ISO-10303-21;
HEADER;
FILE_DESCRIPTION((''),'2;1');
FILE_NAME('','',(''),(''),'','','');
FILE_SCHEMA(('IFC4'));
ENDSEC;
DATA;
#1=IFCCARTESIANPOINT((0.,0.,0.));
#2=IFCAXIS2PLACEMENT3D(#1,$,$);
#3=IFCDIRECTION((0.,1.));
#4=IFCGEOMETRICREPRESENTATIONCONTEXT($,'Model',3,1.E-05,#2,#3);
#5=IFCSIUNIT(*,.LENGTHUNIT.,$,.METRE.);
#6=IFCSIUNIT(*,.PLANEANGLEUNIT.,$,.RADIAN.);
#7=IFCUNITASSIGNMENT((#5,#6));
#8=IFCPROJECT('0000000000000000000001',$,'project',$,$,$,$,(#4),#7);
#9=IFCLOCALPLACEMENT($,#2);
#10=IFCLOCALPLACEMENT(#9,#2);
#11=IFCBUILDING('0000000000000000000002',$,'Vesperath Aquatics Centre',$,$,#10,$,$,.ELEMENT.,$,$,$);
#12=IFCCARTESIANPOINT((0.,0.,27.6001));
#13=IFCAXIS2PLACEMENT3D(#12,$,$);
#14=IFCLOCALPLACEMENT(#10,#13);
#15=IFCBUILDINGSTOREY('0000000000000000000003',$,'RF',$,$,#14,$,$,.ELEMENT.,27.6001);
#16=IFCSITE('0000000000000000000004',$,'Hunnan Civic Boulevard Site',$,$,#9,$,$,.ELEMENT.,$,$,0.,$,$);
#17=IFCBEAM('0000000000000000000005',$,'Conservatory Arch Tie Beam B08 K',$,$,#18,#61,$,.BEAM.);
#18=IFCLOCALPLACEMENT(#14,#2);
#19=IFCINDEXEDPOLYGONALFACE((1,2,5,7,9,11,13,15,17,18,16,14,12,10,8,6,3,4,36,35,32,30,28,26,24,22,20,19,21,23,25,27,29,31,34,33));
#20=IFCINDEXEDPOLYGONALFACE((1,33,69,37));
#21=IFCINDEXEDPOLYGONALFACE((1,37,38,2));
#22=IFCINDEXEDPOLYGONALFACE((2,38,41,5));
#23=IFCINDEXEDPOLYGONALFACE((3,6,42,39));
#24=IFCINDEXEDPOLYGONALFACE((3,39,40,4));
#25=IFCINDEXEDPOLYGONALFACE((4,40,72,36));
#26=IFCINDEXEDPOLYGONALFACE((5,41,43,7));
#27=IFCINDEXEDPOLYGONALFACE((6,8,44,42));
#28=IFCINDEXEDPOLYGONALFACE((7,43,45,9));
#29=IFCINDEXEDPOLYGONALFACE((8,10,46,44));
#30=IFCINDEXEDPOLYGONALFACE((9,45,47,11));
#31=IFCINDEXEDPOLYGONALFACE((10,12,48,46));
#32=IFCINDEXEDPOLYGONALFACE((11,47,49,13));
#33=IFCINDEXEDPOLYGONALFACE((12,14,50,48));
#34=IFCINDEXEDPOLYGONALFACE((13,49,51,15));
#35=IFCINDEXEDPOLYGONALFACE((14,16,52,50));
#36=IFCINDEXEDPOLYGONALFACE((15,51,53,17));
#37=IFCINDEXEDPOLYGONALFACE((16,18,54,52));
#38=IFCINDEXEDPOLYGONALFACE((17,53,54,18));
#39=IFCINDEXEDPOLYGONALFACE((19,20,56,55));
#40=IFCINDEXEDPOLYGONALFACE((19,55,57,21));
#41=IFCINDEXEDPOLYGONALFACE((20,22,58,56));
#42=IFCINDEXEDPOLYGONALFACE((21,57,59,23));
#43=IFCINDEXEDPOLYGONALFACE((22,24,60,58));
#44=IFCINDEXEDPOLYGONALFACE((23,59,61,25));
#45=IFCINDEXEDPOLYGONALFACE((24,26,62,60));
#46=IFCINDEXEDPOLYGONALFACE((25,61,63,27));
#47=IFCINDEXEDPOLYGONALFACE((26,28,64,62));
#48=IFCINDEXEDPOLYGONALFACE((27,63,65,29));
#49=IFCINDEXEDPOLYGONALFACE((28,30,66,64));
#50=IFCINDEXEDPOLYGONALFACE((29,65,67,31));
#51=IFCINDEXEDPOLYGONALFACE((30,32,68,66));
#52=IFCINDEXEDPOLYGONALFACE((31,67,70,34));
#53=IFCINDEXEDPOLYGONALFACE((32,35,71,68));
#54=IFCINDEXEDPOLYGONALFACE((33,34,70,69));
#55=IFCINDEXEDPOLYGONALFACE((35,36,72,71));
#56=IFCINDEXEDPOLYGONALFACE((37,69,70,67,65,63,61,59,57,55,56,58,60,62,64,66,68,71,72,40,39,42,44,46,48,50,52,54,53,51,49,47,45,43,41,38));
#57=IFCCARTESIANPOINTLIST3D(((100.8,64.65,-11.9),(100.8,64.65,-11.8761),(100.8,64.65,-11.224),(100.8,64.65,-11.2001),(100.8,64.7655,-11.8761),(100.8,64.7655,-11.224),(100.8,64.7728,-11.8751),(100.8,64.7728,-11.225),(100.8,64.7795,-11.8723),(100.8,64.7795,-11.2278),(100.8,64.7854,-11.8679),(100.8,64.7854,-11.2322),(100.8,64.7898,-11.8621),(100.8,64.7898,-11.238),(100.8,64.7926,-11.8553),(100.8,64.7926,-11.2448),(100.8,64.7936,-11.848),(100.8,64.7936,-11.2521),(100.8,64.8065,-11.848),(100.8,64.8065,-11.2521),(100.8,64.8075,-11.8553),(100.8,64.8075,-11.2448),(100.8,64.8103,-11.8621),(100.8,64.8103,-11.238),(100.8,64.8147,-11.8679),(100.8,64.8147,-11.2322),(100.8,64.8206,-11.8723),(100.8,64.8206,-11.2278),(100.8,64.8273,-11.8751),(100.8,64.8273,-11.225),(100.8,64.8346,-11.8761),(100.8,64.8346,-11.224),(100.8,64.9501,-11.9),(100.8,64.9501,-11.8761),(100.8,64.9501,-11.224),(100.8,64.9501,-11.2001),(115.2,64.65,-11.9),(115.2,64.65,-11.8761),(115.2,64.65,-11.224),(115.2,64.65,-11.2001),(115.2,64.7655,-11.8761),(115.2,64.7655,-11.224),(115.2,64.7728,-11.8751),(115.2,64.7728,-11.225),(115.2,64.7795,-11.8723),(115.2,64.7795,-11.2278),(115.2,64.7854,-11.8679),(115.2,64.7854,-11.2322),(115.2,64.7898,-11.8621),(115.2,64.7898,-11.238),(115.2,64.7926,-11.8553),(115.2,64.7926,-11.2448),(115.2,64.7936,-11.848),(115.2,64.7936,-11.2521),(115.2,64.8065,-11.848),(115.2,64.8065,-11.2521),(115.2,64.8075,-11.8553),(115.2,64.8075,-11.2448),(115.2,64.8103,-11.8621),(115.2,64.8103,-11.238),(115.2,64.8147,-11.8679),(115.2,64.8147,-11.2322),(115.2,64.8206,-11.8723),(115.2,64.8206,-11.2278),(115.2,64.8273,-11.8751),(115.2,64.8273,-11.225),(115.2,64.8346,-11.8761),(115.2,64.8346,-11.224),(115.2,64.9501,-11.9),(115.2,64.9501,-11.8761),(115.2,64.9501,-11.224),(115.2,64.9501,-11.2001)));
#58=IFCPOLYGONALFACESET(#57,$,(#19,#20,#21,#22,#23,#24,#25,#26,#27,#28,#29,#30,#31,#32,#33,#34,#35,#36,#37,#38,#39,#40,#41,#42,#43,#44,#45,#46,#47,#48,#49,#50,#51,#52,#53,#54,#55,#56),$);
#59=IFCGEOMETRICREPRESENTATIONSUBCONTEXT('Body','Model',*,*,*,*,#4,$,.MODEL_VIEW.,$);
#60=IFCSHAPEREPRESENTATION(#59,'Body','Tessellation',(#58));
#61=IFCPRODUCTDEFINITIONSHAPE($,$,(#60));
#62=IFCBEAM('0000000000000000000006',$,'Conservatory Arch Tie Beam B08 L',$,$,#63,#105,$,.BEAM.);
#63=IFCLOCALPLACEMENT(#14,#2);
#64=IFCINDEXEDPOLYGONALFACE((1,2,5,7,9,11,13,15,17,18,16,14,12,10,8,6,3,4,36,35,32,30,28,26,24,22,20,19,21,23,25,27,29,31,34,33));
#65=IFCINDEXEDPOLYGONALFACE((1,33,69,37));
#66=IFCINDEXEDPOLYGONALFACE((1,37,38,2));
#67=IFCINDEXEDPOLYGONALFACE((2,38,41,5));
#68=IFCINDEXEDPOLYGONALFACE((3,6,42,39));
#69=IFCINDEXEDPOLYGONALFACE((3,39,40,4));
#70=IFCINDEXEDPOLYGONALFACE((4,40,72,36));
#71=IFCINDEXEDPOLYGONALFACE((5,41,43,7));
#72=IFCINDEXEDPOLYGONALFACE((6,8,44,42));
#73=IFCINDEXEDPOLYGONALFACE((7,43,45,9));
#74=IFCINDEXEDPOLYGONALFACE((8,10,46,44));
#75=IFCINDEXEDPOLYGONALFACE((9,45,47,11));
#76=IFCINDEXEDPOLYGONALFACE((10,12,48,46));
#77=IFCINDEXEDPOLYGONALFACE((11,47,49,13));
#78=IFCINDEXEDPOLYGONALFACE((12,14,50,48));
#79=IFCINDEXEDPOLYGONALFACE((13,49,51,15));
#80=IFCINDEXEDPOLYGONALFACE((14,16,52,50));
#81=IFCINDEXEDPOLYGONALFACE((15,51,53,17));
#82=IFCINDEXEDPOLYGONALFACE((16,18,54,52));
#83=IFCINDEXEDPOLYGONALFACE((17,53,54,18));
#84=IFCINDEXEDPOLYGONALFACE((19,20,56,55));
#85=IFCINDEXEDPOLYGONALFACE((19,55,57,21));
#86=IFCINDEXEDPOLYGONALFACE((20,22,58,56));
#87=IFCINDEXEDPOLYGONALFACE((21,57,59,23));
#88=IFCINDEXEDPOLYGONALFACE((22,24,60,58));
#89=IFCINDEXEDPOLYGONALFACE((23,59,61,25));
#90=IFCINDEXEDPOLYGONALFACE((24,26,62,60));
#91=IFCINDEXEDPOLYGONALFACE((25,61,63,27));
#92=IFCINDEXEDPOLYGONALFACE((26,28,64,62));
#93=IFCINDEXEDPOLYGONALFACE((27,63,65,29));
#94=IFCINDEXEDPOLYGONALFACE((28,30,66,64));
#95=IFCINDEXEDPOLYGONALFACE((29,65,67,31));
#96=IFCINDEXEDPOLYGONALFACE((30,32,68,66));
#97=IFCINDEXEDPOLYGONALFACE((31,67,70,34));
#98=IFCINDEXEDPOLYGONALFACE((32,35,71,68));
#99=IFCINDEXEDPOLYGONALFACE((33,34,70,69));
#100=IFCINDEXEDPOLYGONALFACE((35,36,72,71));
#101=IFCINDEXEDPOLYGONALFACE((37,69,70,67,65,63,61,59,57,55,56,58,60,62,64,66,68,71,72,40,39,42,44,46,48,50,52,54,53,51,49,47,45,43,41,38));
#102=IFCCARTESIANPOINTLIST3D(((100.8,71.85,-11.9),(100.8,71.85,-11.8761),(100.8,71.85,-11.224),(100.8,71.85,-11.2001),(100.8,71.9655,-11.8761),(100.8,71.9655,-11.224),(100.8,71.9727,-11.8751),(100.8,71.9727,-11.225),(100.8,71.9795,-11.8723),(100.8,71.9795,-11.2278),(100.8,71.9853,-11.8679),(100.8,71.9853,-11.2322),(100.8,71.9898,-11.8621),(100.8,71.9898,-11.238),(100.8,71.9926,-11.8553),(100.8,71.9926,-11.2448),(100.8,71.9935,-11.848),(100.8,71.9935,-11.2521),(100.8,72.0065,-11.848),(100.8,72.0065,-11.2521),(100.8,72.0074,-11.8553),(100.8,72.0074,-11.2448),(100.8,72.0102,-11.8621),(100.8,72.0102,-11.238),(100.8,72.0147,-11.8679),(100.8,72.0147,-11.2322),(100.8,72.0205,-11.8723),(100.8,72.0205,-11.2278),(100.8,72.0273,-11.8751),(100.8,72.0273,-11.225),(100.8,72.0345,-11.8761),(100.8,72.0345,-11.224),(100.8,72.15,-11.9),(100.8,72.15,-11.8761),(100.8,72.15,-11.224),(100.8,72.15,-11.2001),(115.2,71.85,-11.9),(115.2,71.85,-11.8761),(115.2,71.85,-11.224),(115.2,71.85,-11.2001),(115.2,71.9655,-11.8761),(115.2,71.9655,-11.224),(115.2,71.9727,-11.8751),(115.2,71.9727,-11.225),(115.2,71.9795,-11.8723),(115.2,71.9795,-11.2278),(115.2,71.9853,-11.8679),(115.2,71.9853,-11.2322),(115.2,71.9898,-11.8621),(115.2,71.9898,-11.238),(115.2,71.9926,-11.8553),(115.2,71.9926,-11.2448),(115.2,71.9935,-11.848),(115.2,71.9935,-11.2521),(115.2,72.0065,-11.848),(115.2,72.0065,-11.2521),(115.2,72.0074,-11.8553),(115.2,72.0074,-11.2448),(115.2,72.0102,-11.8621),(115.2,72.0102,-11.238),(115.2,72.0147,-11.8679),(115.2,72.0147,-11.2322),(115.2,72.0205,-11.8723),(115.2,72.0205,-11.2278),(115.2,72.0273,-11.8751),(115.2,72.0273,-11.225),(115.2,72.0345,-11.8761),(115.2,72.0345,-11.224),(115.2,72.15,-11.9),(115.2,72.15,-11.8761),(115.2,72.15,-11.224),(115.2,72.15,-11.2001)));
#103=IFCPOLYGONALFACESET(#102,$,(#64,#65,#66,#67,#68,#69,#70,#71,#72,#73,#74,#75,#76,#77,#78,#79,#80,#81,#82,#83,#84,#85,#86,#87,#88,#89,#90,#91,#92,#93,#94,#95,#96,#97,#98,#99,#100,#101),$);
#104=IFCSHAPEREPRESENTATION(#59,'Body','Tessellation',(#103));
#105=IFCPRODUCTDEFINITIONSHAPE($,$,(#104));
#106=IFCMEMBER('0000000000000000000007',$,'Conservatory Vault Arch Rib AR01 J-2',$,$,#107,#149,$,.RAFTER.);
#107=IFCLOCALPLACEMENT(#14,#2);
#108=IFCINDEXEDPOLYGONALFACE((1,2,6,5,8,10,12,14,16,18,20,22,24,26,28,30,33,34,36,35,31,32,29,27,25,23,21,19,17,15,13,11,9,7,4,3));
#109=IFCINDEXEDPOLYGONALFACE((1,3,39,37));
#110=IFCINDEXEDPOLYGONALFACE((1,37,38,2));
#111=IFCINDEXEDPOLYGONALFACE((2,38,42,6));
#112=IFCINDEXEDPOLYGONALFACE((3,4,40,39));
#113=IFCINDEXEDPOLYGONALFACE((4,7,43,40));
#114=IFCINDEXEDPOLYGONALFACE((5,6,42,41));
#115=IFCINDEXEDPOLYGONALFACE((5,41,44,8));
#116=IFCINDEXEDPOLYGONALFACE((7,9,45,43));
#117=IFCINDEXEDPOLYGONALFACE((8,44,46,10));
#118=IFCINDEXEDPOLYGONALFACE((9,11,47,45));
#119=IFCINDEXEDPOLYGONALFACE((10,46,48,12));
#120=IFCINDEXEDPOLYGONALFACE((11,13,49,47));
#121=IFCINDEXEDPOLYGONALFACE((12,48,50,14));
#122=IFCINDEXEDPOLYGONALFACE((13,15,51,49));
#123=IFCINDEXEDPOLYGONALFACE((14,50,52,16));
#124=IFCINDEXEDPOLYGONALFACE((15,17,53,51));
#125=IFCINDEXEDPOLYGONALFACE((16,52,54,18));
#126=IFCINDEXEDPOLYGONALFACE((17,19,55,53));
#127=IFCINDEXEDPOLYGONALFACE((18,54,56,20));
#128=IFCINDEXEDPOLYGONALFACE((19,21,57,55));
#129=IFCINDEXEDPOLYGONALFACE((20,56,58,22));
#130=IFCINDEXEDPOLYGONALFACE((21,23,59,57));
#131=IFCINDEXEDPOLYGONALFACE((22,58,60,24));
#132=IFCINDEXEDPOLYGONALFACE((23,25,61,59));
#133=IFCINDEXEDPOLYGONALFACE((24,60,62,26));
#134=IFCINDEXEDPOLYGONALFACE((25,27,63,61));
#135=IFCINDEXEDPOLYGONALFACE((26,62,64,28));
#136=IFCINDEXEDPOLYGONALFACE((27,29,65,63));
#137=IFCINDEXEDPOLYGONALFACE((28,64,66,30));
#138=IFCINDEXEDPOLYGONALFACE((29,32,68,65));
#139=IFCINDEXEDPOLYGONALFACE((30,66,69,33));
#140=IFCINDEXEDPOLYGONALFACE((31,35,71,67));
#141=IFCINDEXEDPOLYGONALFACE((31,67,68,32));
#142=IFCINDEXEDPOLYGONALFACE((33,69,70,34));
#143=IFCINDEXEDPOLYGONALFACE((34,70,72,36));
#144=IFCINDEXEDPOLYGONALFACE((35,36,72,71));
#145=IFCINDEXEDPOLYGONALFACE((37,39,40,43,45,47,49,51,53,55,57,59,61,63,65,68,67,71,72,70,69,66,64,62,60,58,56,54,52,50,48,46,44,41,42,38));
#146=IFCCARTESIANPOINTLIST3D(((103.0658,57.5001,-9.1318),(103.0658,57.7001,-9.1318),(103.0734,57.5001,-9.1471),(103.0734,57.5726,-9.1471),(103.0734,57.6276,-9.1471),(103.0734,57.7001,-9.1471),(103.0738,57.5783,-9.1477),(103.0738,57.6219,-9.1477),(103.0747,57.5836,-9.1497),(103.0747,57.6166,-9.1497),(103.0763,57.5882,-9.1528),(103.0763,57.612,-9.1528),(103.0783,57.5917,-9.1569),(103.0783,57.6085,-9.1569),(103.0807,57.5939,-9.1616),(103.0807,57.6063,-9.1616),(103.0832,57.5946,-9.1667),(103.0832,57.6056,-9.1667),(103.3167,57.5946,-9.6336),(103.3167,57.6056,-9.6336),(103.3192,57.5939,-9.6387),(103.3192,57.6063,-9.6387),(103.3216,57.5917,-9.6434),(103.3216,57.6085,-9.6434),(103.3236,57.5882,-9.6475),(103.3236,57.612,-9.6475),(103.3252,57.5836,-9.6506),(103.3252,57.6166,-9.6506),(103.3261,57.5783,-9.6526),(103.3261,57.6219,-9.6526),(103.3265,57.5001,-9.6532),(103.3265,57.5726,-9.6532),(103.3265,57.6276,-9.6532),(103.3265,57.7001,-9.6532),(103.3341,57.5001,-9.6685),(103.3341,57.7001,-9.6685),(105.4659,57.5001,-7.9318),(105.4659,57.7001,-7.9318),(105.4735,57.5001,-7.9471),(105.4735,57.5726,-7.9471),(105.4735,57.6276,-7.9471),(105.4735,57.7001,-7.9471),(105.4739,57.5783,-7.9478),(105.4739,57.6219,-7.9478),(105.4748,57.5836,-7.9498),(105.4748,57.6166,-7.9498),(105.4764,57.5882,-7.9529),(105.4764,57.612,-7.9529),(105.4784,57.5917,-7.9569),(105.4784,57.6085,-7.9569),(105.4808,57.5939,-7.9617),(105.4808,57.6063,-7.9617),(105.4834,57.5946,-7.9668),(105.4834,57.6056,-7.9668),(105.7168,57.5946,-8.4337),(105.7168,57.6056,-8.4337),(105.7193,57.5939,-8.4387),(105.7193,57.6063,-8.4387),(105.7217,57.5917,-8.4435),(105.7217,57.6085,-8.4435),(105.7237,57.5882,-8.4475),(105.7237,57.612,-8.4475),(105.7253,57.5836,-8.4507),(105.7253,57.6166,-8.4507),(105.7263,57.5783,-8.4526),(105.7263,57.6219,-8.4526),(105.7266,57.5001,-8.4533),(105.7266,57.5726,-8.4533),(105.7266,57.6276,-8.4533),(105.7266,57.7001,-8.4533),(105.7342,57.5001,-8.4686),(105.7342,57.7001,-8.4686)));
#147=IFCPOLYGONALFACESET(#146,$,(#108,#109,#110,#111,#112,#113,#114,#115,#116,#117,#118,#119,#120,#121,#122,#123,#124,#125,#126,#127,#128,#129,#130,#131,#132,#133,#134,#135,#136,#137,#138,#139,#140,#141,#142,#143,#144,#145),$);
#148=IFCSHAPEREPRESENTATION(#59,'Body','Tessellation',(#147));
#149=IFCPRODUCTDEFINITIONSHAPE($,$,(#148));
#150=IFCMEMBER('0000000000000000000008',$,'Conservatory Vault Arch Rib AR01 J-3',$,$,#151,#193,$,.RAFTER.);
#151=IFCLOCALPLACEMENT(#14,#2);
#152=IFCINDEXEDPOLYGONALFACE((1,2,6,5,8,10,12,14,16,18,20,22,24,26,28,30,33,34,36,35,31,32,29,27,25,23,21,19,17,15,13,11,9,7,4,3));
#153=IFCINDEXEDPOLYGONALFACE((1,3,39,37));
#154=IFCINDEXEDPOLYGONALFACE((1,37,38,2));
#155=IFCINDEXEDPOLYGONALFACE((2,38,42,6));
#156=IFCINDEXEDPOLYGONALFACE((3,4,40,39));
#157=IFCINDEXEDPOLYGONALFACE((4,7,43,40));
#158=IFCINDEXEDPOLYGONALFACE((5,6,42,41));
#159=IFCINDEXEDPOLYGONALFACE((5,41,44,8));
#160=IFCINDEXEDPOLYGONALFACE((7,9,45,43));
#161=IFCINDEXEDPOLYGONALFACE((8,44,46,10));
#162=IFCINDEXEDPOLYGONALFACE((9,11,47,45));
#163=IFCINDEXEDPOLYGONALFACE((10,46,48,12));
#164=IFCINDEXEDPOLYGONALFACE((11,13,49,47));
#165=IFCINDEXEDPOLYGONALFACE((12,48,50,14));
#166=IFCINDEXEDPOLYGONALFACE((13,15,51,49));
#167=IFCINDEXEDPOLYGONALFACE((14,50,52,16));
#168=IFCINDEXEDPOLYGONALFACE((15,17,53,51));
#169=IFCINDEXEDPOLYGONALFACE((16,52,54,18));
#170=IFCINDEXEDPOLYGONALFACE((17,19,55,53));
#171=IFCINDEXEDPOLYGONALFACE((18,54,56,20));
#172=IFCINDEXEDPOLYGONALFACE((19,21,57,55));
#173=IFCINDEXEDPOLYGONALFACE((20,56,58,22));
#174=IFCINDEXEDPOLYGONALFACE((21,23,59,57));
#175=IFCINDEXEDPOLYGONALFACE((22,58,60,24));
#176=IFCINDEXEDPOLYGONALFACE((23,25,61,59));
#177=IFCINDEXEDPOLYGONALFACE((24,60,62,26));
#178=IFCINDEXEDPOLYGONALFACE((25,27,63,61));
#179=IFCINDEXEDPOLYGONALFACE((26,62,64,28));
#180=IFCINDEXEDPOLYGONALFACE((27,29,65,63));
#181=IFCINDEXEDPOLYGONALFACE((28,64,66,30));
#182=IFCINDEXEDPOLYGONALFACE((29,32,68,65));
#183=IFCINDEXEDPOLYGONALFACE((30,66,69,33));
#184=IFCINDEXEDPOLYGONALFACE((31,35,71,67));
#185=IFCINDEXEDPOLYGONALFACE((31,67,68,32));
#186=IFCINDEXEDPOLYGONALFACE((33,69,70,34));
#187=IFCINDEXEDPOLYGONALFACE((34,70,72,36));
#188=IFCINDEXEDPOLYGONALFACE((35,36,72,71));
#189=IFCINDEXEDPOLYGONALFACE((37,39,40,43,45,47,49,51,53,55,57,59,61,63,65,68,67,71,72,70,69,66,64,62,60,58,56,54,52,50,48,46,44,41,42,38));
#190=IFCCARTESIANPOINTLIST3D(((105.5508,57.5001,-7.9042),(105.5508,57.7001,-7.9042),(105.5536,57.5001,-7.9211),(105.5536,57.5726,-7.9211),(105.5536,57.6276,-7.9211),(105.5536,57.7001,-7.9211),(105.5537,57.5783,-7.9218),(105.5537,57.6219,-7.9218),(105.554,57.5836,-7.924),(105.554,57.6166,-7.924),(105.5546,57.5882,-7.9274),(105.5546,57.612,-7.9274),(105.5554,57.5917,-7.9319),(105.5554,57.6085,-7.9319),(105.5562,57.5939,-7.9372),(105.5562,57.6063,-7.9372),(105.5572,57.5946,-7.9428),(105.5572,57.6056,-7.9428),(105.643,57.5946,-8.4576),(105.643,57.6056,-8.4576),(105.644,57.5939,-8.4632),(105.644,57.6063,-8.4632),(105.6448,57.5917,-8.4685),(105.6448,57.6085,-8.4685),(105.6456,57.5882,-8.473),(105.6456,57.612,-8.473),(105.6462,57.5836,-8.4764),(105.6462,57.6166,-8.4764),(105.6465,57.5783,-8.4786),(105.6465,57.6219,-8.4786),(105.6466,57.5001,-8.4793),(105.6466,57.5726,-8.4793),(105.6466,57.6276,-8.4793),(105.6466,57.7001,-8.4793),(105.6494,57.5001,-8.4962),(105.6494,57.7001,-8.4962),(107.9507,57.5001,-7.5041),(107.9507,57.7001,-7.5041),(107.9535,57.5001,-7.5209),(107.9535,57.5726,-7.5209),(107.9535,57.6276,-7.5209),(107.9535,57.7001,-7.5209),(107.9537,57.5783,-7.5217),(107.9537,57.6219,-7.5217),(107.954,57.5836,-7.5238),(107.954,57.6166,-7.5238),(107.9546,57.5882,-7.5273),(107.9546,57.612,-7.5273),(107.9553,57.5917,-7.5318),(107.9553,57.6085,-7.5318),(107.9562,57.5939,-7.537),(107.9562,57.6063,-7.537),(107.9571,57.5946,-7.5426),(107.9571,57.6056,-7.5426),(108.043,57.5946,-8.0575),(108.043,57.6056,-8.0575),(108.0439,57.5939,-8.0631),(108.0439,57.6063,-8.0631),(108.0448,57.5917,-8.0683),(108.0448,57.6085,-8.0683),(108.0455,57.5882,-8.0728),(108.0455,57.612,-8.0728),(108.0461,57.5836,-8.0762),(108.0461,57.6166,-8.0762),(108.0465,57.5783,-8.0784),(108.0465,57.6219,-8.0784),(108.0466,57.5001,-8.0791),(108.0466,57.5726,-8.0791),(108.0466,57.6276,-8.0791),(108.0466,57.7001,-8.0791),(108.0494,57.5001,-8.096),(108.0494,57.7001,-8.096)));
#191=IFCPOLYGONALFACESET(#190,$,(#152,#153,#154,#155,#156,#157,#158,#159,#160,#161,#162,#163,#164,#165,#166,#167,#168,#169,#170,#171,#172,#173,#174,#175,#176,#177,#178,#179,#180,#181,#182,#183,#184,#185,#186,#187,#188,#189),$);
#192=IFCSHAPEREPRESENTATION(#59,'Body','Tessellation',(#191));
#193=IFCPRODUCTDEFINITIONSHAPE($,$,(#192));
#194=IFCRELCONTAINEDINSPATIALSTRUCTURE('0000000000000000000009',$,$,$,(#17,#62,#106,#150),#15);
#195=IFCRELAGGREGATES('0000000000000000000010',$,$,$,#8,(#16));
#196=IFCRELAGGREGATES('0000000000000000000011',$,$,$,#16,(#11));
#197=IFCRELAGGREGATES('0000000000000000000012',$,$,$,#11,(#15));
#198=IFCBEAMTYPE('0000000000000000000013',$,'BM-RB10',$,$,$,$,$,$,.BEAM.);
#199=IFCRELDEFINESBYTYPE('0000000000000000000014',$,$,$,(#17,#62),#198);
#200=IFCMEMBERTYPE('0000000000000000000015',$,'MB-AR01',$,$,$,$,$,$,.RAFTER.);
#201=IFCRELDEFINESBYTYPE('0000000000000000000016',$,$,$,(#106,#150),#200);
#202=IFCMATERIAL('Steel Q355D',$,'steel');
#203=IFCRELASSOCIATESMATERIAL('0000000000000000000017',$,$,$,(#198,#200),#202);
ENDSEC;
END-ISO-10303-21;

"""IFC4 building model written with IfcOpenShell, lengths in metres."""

from ifc_helpers import new_model, si_unit, direction, frame, origin, origin_2d, place, context, subcontext, project, spatial, i_section, extrude, material, material_profile, profile_set, type_object, element, save


model = new_model("IFC4")

# Units and contexts
model_context = context("Model", 3, precision=1e-05, world=origin(), true_north=direction((0.0, 1.0)))
body_context = subcontext(model_context, "Body", "Model", "MODEL_VIEW")
ifc_project = project(units=[si_unit("LENGTHUNIT", "METRE"), si_unit("PLANEANGLEUNIT", "RADIAN")], contexts=[model_context])

# Site, building, storey
site_placement = place(None, origin())
site = spatial("IfcSite", under=ifc_project, at=site_placement, Name="Hunnan Civic Boulevard Site", CompositionType="ELEMENT", RefElevation=0.0)
building_placement = place(site_placement, origin())
building = spatial("IfcBuilding", under=site, at=building_placement, Name="Vesperath Aquatics Centre", CompositionType="ELEMENT")
storey_placement = place(building_placement, frame((0.0, 0.0, 27.6001)))
storey = spatial("IfcBuildingStorey", under=building, at=storey_placement, Name="RF", CompositionType="ELEMENT", Elevation=27.6001)

# Beams
ifc_material_1 = material(Name="Steel Q355D", Category="steel")
ifc_material_profile_1 = material_profile(ifc_material_1, i_section(OverallWidth=0.3, OverallDepth=0.7, WebThickness=0.0129, FlangeThickness=0.0239, FilletRadius=0.0281, at=origin_2d()), Name="HN 700x300x13x24")
ifc_profile_set_1 = profile_set([ifc_material_profile_1], Name="Steel Q355D")
beam_type = type_object("IfcBeamType", Name="BM-RB10", PredefinedType="BEAM", material=ifc_profile_set_1)
for number, where, z_axis, x_axis, name in (
    (1, (100.8, 64.8, -11.55), (1.0, 0.0, 0.0), (0.0, 1.0, 0.0), "Conservatory Arch Tie Beam B08 K"),
    (2, (100.8, 72.0, -11.55), (1.0, 0.0, 0.0), (0.0, 1.0, 0.0), "Conservatory Arch Tie Beam B08 L"),
):
    element("IfcBeam", number, at=place(storey_placement, frame(where, z_axis=z_axis, x_axis=x_axis)), inside=storey, type_object=beam_type, Name=name, PredefinedType="BEAM", context=body_context, shape_type="SweptSolid", body=[
        extrude(i_section(OverallWidth=0.3, OverallDepth=0.7, WebThickness=0.0129, FlangeThickness=0.0239, FilletRadius=0.0281, at=origin_2d()), origin(), (0.0, 0.0, 1.0), 14.3999),
    ])

# Members
ifc_material_profile_2 = material_profile(ifc_material_1, i_section(OverallWidth=0.2, OverallDepth=0.6001, WebThickness=0.011, FlangeThickness=0.0171, FilletRadius=0.022, at=origin_2d()), Name="HN 600x200x11x17")
ifc_profile_set_2 = profile_set([ifc_material_profile_2], Name="Steel Q355D")
member_type_1 = type_object("IfcMemberType", Name="MB-AR01", PredefinedType="RAFTER", material=ifc_profile_set_2)
member_1_placement = place(storey_placement, frame((103.2, 57.6001, -9.4001), z_axis=(0.894445, 0.0, 0.447177), x_axis=(0.0, 1.0, 0.0)))
element("IfcMember", 3, at=member_1_placement, inside=storey, type_object=member_type_1, Name="Conservatory Vault Arch Rib AR01 J-2", PredefinedType="RAFTER", context=body_context, shape_type="SweptSolid", body=[
    extrude(i_section(OverallWidth=0.2, OverallDepth=0.6001, WebThickness=0.011, FlangeThickness=0.0171, FilletRadius=0.022, at=origin_2d()), origin(), (0.0, 0.0, 1.0), 2.6833),
])
member_2_placement = place(storey_placement, frame((105.6001, 57.6001, -8.2002), z_axis=(0.986383, 0.0, 0.164464), x_axis=(0.0, 1.0, 0.0)))
element("IfcMember", 4, at=member_2_placement, inside=storey, type_object=member_type_1, Name="Conservatory Vault Arch Rib AR01 J-3", PredefinedType="RAFTER", context=body_context, shape_type="SweptSolid", body=[
    extrude(i_section(OverallWidth=0.2, OverallDepth=0.6001, WebThickness=0.011, FlangeThickness=0.0171, FilletRadius=0.022, at=origin_2d()), origin(), (0.0, 0.0, 1.0), 2.4331),
])

save(model, "model.ifc")
